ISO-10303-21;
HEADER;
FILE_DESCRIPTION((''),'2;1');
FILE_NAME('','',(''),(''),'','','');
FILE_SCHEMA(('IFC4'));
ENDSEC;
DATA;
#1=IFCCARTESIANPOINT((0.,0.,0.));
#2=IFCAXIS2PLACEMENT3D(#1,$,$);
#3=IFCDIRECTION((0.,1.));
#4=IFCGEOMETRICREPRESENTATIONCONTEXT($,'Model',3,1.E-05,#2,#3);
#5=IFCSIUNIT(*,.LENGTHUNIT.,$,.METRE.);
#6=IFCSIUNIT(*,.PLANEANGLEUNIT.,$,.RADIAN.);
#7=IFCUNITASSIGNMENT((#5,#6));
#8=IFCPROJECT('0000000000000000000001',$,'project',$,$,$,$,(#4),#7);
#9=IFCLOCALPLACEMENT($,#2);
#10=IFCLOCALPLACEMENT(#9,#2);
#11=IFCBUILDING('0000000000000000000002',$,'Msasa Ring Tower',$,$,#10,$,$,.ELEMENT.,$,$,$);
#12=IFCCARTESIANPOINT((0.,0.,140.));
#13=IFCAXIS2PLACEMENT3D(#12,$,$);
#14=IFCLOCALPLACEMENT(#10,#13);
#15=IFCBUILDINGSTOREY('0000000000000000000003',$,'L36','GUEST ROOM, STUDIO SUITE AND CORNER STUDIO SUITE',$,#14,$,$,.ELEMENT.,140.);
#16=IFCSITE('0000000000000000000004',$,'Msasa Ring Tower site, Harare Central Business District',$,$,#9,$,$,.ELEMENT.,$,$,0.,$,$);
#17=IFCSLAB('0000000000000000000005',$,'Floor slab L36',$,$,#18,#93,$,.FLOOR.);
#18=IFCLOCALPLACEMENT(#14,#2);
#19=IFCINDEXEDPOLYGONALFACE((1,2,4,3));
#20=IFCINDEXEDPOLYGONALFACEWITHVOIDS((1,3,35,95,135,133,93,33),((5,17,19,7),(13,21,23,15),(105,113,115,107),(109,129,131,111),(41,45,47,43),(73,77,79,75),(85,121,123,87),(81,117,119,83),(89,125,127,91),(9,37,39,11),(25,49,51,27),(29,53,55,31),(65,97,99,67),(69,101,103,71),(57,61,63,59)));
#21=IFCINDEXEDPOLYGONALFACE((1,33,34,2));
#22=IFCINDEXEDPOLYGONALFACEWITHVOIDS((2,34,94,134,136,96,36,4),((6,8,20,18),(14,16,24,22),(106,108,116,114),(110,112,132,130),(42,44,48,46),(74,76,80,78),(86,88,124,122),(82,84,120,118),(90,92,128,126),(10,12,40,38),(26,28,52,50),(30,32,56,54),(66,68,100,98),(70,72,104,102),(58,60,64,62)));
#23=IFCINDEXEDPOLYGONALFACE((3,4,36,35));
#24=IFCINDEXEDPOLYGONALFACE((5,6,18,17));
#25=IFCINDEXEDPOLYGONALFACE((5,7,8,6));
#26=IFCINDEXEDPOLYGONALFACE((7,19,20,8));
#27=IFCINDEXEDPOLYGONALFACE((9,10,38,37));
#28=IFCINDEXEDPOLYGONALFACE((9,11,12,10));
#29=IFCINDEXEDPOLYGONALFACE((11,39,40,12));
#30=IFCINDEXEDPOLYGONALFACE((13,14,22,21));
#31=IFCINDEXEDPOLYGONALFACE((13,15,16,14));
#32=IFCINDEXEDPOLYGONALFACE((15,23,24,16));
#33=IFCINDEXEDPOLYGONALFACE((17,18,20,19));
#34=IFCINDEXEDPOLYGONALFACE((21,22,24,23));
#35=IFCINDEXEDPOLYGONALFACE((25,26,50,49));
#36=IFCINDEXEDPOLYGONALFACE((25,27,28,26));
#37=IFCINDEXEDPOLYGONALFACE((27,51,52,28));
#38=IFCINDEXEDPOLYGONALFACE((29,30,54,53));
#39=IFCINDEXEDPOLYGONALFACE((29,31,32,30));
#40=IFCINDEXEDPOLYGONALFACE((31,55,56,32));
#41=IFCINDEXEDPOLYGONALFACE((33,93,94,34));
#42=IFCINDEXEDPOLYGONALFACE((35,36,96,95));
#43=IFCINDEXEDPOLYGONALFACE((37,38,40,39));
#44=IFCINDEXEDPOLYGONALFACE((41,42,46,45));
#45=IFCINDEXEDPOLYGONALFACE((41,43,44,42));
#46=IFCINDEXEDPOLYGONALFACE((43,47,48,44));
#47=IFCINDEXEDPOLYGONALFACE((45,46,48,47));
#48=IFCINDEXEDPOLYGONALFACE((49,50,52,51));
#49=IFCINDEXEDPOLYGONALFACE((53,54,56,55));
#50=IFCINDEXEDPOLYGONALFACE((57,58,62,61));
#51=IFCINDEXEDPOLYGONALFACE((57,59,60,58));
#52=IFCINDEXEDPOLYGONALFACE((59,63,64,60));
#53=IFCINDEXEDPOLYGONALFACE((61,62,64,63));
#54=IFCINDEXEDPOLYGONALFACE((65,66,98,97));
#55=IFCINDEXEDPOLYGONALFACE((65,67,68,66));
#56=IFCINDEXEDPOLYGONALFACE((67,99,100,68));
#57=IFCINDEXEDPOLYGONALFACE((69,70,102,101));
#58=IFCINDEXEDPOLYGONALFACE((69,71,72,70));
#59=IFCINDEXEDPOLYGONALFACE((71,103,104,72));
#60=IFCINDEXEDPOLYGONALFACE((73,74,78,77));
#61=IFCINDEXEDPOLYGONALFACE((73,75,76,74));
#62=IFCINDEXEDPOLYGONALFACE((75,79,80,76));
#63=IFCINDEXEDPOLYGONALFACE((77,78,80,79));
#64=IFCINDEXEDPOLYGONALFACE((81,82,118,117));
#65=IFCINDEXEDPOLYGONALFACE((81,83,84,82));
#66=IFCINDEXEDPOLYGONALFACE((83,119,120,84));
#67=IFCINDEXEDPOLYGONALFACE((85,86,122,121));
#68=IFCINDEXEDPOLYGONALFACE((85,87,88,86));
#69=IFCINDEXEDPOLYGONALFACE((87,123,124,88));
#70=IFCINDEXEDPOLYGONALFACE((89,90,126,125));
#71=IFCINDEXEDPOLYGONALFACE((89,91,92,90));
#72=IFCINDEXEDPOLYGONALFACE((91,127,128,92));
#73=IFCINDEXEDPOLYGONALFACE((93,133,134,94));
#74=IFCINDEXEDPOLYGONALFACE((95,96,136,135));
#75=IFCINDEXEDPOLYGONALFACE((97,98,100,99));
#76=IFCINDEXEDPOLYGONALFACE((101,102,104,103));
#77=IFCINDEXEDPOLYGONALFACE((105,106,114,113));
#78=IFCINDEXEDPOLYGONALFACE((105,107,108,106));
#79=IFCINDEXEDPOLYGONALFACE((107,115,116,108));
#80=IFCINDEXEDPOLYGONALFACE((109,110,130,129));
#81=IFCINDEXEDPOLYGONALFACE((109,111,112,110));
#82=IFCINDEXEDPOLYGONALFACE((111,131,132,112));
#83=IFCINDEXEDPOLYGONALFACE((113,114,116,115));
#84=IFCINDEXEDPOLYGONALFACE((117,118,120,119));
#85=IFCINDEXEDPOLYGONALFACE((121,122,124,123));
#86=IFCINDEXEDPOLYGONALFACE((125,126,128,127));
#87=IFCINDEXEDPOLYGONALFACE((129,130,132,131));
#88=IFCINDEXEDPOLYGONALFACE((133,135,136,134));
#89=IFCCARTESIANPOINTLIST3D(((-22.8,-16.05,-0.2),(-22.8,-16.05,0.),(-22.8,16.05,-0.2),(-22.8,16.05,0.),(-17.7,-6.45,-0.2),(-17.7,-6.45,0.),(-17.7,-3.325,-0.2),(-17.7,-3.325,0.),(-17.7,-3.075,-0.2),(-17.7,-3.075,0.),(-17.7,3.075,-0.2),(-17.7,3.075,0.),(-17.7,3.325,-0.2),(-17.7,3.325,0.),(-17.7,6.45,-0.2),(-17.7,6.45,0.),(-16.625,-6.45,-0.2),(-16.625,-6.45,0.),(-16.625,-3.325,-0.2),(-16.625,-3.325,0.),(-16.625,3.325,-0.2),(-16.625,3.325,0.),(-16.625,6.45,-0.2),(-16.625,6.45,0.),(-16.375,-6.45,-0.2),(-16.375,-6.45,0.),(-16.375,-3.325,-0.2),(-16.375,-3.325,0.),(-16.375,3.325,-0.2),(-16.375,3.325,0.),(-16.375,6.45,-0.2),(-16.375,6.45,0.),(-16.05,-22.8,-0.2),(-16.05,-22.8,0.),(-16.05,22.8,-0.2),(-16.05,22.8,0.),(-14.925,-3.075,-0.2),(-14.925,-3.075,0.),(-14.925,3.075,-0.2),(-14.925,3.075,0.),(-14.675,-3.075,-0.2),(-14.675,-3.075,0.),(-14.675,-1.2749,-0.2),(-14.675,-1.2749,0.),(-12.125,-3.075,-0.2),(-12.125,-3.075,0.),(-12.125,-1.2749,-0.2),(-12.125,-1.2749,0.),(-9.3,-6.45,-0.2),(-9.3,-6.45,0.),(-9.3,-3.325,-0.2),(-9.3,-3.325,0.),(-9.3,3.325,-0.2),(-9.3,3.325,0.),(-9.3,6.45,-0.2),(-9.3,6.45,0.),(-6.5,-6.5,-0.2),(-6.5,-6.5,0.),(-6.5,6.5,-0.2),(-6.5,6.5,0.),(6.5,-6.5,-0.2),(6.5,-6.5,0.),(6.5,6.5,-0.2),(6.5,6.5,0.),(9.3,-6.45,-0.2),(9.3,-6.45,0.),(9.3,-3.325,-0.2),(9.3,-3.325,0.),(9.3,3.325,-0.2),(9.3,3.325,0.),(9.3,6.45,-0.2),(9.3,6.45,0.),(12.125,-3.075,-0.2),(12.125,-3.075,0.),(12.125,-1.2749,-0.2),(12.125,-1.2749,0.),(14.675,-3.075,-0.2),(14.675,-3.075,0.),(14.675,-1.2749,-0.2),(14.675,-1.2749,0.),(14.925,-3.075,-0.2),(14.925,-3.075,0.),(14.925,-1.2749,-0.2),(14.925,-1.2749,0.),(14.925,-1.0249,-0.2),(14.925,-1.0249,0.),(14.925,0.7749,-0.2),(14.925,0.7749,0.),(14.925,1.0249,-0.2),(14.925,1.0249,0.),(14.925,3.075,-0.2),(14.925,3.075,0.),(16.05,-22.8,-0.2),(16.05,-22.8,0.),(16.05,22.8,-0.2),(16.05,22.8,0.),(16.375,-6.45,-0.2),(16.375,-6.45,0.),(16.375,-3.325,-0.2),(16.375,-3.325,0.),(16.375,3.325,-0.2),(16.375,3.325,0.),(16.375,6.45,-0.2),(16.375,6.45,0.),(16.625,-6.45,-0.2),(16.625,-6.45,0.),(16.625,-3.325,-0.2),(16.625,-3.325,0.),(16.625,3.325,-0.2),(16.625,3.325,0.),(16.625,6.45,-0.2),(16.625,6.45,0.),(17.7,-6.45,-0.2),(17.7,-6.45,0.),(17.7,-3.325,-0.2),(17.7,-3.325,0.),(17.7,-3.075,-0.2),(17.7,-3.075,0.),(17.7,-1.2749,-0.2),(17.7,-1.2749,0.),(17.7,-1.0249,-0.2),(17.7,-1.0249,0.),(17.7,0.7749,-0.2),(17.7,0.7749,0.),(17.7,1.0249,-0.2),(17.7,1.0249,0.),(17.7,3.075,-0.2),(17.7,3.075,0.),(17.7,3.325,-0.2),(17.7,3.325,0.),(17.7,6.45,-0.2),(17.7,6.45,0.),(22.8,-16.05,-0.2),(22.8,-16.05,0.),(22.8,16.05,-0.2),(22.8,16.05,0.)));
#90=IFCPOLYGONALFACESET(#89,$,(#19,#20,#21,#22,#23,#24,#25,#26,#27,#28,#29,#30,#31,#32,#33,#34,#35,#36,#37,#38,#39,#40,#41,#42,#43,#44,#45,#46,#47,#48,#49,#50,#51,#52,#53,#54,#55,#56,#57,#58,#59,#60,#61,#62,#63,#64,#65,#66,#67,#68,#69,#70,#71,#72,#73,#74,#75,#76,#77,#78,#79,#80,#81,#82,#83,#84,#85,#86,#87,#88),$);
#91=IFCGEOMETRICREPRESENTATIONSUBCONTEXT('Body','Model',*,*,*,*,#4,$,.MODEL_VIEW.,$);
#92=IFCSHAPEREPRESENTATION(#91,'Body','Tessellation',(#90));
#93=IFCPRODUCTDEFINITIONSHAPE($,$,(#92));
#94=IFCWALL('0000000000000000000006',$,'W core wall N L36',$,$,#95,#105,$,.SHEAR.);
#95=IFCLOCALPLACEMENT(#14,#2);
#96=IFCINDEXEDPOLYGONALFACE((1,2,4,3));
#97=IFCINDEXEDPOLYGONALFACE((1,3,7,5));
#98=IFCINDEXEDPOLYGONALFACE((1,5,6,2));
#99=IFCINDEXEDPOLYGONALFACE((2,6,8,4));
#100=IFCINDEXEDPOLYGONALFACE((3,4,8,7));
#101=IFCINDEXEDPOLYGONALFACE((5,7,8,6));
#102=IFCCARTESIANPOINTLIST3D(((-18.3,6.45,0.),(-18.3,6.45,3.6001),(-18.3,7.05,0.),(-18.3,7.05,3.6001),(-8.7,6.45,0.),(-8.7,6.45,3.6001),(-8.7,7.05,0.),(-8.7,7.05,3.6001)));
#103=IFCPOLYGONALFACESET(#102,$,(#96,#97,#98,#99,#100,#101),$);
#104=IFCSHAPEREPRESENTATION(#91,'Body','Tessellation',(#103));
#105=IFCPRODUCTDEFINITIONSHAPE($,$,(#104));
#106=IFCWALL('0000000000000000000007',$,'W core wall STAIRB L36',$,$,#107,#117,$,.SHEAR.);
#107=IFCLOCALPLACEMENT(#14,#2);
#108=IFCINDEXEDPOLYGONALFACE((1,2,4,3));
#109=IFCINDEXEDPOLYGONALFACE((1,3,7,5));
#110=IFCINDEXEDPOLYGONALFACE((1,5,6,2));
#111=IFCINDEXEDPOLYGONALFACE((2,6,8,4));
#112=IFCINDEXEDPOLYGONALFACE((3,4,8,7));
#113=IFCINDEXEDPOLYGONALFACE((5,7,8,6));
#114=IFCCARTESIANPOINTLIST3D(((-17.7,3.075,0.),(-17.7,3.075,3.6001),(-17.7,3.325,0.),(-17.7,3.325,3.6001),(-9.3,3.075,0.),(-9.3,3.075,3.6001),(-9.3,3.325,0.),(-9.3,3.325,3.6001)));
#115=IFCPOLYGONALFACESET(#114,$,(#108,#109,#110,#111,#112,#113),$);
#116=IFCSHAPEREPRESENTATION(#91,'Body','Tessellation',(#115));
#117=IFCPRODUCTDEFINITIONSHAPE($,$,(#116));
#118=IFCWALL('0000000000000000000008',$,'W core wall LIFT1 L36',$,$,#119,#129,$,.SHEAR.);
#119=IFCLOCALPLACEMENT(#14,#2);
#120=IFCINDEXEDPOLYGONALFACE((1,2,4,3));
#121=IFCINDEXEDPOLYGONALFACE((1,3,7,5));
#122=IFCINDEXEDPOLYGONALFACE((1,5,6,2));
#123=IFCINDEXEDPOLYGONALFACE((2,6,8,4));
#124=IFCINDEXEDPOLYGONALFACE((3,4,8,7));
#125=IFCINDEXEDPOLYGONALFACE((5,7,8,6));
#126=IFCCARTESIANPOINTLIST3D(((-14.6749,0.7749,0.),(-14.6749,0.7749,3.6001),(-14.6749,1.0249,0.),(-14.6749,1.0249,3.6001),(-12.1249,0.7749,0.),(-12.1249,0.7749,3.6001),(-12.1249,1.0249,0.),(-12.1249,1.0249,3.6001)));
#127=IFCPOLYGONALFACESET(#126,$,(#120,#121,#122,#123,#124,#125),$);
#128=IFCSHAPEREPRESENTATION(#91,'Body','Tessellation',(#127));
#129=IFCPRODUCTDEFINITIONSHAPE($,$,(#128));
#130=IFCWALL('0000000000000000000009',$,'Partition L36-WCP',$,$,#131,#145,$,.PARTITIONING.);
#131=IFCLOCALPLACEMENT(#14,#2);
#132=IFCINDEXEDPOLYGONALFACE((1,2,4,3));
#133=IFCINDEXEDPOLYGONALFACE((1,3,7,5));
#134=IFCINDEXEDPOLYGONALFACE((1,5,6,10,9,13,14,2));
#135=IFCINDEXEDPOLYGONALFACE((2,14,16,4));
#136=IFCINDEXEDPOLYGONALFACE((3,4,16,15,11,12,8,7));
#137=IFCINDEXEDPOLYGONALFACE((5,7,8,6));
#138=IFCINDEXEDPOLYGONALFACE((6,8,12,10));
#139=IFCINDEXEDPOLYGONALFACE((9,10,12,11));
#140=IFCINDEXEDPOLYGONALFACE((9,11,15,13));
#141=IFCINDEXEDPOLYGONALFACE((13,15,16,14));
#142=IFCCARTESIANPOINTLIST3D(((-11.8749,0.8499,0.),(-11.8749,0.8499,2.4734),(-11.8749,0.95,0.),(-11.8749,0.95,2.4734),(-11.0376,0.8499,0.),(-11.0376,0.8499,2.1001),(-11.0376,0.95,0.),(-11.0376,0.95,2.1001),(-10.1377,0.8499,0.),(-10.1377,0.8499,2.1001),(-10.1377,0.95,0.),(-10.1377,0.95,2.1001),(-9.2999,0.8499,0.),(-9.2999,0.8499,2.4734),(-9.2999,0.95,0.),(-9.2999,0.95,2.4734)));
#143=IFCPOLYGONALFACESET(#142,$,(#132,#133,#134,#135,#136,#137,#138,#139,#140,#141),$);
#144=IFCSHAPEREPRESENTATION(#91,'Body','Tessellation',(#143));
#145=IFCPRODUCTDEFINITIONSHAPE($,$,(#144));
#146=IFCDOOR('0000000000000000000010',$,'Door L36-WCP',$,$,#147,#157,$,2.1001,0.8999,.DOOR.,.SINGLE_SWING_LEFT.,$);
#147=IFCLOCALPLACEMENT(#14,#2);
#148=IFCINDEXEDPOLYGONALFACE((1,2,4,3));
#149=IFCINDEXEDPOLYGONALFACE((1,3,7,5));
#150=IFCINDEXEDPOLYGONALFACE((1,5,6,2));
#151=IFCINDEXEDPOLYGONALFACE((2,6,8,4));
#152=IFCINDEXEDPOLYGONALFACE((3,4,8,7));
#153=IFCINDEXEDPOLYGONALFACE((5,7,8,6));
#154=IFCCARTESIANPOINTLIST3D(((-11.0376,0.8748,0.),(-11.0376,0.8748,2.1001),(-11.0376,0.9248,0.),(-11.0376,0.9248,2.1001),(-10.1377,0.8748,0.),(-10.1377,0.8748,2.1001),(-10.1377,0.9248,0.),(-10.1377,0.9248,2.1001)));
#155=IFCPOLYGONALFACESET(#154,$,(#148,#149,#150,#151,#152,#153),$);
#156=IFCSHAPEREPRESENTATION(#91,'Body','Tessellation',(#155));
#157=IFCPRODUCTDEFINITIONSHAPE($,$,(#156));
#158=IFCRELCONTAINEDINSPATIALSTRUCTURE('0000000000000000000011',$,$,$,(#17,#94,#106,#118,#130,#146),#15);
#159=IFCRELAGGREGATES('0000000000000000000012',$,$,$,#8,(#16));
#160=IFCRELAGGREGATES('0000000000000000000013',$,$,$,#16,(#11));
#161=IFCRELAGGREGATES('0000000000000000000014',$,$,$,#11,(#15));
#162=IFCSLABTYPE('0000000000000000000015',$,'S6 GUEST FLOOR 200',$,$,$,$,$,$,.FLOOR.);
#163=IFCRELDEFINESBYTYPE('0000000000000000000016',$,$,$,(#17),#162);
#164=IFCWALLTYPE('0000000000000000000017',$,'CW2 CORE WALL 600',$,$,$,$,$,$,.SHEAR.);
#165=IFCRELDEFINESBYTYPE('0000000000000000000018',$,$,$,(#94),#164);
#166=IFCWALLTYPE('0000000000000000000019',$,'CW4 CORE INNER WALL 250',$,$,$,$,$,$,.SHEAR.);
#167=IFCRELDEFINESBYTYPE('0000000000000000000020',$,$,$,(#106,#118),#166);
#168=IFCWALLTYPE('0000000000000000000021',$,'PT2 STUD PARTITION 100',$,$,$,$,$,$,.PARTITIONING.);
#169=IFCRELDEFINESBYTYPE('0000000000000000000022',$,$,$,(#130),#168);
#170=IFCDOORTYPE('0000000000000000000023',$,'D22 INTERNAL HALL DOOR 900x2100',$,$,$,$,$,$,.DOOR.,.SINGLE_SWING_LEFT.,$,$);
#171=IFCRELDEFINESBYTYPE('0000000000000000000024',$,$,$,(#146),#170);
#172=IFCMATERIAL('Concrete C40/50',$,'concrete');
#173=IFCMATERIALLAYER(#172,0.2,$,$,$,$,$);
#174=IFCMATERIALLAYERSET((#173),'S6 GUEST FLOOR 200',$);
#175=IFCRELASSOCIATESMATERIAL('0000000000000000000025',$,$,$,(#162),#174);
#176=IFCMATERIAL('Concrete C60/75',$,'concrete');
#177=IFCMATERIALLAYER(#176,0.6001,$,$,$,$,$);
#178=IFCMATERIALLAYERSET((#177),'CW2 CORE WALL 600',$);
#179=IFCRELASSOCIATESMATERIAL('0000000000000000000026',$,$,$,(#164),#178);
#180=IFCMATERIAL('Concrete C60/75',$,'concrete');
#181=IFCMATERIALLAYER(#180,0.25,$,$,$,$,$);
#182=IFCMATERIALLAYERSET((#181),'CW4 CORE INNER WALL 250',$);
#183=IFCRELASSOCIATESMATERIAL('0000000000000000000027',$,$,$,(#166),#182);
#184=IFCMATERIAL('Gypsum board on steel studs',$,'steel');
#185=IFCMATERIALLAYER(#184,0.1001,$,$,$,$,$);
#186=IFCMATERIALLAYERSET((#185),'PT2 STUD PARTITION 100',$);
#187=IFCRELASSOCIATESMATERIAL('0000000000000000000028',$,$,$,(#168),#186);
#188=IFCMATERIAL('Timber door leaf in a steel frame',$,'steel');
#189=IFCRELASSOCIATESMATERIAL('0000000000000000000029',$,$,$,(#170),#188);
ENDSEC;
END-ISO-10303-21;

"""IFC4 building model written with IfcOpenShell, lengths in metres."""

from ifc_helpers import new_model, si_unit, direction, frame, frame_2d, origin, place, context, subcontext, project, spatial, polyline, rectangle, outline, extrude, material, layer, layer_set, type_object, element, fill, save


model = new_model("IFC4")

# Units and contexts
model_context = context("Model", 3, precision=1e-05, world=origin(), true_north=direction((0.0, 1.0)))
body_context = subcontext(model_context, "Body", "Model", "MODEL_VIEW")
ifc_project = project(units=[si_unit("LENGTHUNIT", "METRE"), si_unit("PLANEANGLEUNIT", "RADIAN")], contexts=[model_context])

# Site, building, storey
site_placement = place(None, origin())
site = spatial("IfcSite", under=ifc_project, at=site_placement, Name="Msasa Ring Tower site, Harare Central Business District", CompositionType="ELEMENT", RefElevation=0.0)
building_placement = place(site_placement, origin())
building = spatial("IfcBuilding", under=site, at=building_placement, Name="Msasa Ring Tower", CompositionType="ELEMENT")
storey_placement = place(building_placement, frame((0.0, 0.0, 140.0)))
storey = spatial("IfcBuildingStorey", under=building, at=storey_placement, Name="L36", Description="GUEST ROOM, STUDIO SUITE AND CORNER STUDIO SUITE", CompositionType="ELEMENT", Elevation=140.0)

# Slab
ifc_material_1 = material(Name="Concrete C40/50", Category="concrete")
ifc_layer_1 = layer(ifc_material_1, 0.2)
ifc_layer_set_1 = layer_set([ifc_layer_1], Name="S6 GUEST FLOOR 200")
slab_type = type_object("IfcSlabType", Name="S6 GUEST FLOOR 200", PredefinedType="FLOOR", material=ifc_layer_set_1)
slab_placement = place(storey_placement, frame((0.0, 0.0, -0.2)))
element("IfcSlab", 1, at=slab_placement, inside=storey, type_object=slab_type, Name="Floor slab L36", PredefinedType="FLOOR", context=body_context, shape_type="SweptSolid", body=[
    extrude(outline(polyline([(-16.05, -22.8), (16.05, -22.8), (22.8, -16.05), (22.8, 16.05), (16.05, 22.8), (-16.05, 22.8), (-22.8, 16.05), (-22.8, -16.05), (-16.05, -22.8)]), holes=[polyline([(-6.5, -6.5), (6.5, -6.5), (6.5, 6.5), (-6.5, 6.5), (-6.5, -6.5)]), polyline([(9.3, -6.45), (16.375, -6.45), (16.375, -3.325), (9.3, -3.325), (9.3, -6.45)]), polyline([(9.3, 3.325), (16.375, 3.325), (16.375, 6.45), (9.3, 6.45), (9.3, 3.325)]), polyline([(12.125, -3.075), (14.675, -3.075), (14.675, -1.2749), (12.125, -1.2749), (12.125, -3.075)]), polyline([(16.625, -6.45), (17.7, -6.45), (17.7, -3.325), (16.625, -3.325), (16.625, -6.45)]), polyline([(16.625, 3.325), (17.7, 3.325), (17.7, 6.45), (16.625, 6.45), (16.625, 3.325)]), polyline([(14.925, -3.075), (17.7, -3.075), (17.7, -1.2749), (14.925, -1.2749), (14.925, -3.075)]), polyline([(14.925, -1.0249), (17.7, -1.0249), (17.7, 0.7749), (14.925, 0.7749), (14.925, -1.0249)]), polyline([(14.925, 1.0249), (17.7, 1.0249), (17.7, 3.075), (14.925, 3.075), (14.925, 1.0249)]), polyline([(-16.375, -6.45), (-9.3, -6.45), (-9.3, -3.325), (-16.375, -3.325), (-16.375, -6.45)]), polyline([(-16.375, 3.325), (-9.3, 3.325), (-9.3, 6.45), (-16.375, 6.45), (-16.375, 3.325)]), polyline([(-14.675, -3.075), (-12.125, -3.075), (-12.125, -1.2749), (-14.675, -1.2749), (-14.675, -3.075)]), polyline([(-17.7, -6.45), (-16.625, -6.45), (-16.625, -3.325), (-17.7, -3.325), (-17.7, -6.45)]), polyline([(-17.7, 3.325), (-16.625, 3.325), (-16.625, 6.45), (-17.7, 6.45), (-17.7, 3.325)]), polyline([(-17.7, -3.075), (-14.925, -3.075), (-14.925, 3.075), (-17.7, 3.075), (-17.7, -3.075)])]), origin(), (0.0, 0.0, 1.0), 0.2),
])

# Walls
ifc_material_2 = material(Name="Concrete C60/75", Category="concrete")
ifc_layer_2 = layer(ifc_material_2, 0.6001)
ifc_layer_set_2 = layer_set([ifc_layer_2], Name="CW2 CORE WALL 600")
wall_type_1 = type_object("IfcWallType", Name="CW2 CORE WALL 600", PredefinedType="SHEAR", material=ifc_layer_set_2)
wall_1_placement = place(storey_placement, frame((-8.7, 6.75, 0.0), z_axis=(0.0, 0.0, 1.0), x_axis=(-1.0, 0.0, 0.0)))
element("IfcWall", 2, at=wall_1_placement, inside=storey, type_object=wall_type_1, Name="W core wall N L36", PredefinedType="SHEAR", context=body_context, shape_type="SweptSolid", body=[
    extrude(rectangle(XDim=9.6001, YDim=0.6001, at=frame_2d((4.8, 0.0))), origin(), (0.0, 0.0, 1.0), 3.6001),
])
ifc_material_3 = material(Name="Concrete C60/75", Category="concrete")
ifc_layer_3 = layer(ifc_material_3, 0.25)
ifc_layer_set_3 = layer_set([ifc_layer_3], Name="CW4 CORE INNER WALL 250")
wall_type_2 = type_object("IfcWallType", Name="CW4 CORE INNER WALL 250", PredefinedType="SHEAR", material=ifc_layer_set_3)
wall_2_placement = place(storey_placement, frame((-9.3, 3.2, 0.0), z_axis=(0.0, 0.0, 1.0), x_axis=(-1.0, 0.0, 0.0)))
element("IfcWall", 3, at=wall_2_placement, inside=storey, type_object=wall_type_2, Name="W core wall STAIRB L36", PredefinedType="SHEAR", context=body_context, shape_type="SweptSolid", body=[
    extrude(rectangle(XDim=8.3999, YDim=0.25, at=frame_2d((4.2, 0.0))), origin(), (0.0, 0.0, 1.0), 3.6001),
])
wall_3_placement = place(storey_placement, frame((-12.125, 0.8999, 0.0), z_axis=(0.0, 0.0, 1.0), x_axis=(-1.0, 0.0, 0.0)))
element("IfcWall", 4, at=wall_3_placement, inside=storey, type_object=wall_type_2, Name="W core wall LIFT1 L36", PredefinedType="SHEAR", context=body_context, shape_type="SweptSolid", body=[
    extrude(rectangle(XDim=2.55, YDim=0.25, at=frame_2d((1.2749, 0.0))), origin(), (0.0, 0.0, 1.0), 3.6001),
])

# Wall, opening, door
ifc_material_4 = material(Name="Gypsum board on steel studs", Category="steel")
ifc_layer_4 = layer(ifc_material_4, 0.1001)
ifc_layer_set_4 = layer_set([ifc_layer_4], Name="PT2 STUD PARTITION 100")
wall_type_3 = type_object("IfcWallType", Name="PT2 STUD PARTITION 100", PredefinedType="PARTITIONING", material=ifc_layer_set_4)
wall_4_placement = place(storey_placement, frame((-11.875, 0.8999, 0.0), z_axis=(0.0, 0.0, 1.0), x_axis=(1.0, 0.0, 0.0)))
wall_4 = element("IfcWall", 5, at=wall_4_placement, inside=storey, type_object=wall_type_3, Name="Partition L36-WCP", PredefinedType="PARTITIONING", context=body_context, shape_type="SweptSolid", body=[
    extrude(rectangle(XDim=2.575, YDim=0.1001, at=frame_2d((1.2876, 0.0))), origin(), (0.0, 0.0, 1.0), 2.4734),
])
opening_placement = place(wall_4_placement, frame((0.8374, 0.0, 0.0)))
opening = element("IfcOpeningElement", 6, at=opening_placement, cuts=wall_4, PredefinedType="OPENING", context=body_context, shape_type="SweptSolid", body=[
    extrude(rectangle(XDim=0.8999, YDim=2.1001, at=frame_2d((0.45, 1.05))), frame((0.0, 0.0601, 0.0), z_axis=(0.0, -1.0, 0.0), x_axis=(1.0, 0.0, 0.0)), (0.0, 0.0, 1.0), 0.1201),
])
ifc_material_5 = material(Name="Timber door leaf in a steel frame", Category="steel")
door_type = type_object("IfcDoorType", Name="D22 INTERNAL HALL DOOR 900x2100", OperationType="SINGLE_SWING_LEFT", PredefinedType="DOOR", material=ifc_material_5)
door_placement = place(opening_placement, origin())
door = element("IfcDoor", 7, at=door_placement, inside=storey, type_object=door_type, Name="Door L36-WCP", OperationType="SINGLE_SWING_LEFT", OverallHeight=2.1001, OverallWidth=0.8999, PredefinedType="DOOR", context=body_context, shape_type="SweptSolid", body=[
    extrude(rectangle(XDim=0.8999, YDim=2.1001, at=frame_2d((0.45, 1.05))), frame((0.0, 0.0249, 0.0), z_axis=(0.0, -1.0, 0.0), x_axis=(1.0, 0.0, 0.0)), (0.0, 0.0, 1.0), 0.05),
])
fill(opening, door)

save(model, "model.ifc")
